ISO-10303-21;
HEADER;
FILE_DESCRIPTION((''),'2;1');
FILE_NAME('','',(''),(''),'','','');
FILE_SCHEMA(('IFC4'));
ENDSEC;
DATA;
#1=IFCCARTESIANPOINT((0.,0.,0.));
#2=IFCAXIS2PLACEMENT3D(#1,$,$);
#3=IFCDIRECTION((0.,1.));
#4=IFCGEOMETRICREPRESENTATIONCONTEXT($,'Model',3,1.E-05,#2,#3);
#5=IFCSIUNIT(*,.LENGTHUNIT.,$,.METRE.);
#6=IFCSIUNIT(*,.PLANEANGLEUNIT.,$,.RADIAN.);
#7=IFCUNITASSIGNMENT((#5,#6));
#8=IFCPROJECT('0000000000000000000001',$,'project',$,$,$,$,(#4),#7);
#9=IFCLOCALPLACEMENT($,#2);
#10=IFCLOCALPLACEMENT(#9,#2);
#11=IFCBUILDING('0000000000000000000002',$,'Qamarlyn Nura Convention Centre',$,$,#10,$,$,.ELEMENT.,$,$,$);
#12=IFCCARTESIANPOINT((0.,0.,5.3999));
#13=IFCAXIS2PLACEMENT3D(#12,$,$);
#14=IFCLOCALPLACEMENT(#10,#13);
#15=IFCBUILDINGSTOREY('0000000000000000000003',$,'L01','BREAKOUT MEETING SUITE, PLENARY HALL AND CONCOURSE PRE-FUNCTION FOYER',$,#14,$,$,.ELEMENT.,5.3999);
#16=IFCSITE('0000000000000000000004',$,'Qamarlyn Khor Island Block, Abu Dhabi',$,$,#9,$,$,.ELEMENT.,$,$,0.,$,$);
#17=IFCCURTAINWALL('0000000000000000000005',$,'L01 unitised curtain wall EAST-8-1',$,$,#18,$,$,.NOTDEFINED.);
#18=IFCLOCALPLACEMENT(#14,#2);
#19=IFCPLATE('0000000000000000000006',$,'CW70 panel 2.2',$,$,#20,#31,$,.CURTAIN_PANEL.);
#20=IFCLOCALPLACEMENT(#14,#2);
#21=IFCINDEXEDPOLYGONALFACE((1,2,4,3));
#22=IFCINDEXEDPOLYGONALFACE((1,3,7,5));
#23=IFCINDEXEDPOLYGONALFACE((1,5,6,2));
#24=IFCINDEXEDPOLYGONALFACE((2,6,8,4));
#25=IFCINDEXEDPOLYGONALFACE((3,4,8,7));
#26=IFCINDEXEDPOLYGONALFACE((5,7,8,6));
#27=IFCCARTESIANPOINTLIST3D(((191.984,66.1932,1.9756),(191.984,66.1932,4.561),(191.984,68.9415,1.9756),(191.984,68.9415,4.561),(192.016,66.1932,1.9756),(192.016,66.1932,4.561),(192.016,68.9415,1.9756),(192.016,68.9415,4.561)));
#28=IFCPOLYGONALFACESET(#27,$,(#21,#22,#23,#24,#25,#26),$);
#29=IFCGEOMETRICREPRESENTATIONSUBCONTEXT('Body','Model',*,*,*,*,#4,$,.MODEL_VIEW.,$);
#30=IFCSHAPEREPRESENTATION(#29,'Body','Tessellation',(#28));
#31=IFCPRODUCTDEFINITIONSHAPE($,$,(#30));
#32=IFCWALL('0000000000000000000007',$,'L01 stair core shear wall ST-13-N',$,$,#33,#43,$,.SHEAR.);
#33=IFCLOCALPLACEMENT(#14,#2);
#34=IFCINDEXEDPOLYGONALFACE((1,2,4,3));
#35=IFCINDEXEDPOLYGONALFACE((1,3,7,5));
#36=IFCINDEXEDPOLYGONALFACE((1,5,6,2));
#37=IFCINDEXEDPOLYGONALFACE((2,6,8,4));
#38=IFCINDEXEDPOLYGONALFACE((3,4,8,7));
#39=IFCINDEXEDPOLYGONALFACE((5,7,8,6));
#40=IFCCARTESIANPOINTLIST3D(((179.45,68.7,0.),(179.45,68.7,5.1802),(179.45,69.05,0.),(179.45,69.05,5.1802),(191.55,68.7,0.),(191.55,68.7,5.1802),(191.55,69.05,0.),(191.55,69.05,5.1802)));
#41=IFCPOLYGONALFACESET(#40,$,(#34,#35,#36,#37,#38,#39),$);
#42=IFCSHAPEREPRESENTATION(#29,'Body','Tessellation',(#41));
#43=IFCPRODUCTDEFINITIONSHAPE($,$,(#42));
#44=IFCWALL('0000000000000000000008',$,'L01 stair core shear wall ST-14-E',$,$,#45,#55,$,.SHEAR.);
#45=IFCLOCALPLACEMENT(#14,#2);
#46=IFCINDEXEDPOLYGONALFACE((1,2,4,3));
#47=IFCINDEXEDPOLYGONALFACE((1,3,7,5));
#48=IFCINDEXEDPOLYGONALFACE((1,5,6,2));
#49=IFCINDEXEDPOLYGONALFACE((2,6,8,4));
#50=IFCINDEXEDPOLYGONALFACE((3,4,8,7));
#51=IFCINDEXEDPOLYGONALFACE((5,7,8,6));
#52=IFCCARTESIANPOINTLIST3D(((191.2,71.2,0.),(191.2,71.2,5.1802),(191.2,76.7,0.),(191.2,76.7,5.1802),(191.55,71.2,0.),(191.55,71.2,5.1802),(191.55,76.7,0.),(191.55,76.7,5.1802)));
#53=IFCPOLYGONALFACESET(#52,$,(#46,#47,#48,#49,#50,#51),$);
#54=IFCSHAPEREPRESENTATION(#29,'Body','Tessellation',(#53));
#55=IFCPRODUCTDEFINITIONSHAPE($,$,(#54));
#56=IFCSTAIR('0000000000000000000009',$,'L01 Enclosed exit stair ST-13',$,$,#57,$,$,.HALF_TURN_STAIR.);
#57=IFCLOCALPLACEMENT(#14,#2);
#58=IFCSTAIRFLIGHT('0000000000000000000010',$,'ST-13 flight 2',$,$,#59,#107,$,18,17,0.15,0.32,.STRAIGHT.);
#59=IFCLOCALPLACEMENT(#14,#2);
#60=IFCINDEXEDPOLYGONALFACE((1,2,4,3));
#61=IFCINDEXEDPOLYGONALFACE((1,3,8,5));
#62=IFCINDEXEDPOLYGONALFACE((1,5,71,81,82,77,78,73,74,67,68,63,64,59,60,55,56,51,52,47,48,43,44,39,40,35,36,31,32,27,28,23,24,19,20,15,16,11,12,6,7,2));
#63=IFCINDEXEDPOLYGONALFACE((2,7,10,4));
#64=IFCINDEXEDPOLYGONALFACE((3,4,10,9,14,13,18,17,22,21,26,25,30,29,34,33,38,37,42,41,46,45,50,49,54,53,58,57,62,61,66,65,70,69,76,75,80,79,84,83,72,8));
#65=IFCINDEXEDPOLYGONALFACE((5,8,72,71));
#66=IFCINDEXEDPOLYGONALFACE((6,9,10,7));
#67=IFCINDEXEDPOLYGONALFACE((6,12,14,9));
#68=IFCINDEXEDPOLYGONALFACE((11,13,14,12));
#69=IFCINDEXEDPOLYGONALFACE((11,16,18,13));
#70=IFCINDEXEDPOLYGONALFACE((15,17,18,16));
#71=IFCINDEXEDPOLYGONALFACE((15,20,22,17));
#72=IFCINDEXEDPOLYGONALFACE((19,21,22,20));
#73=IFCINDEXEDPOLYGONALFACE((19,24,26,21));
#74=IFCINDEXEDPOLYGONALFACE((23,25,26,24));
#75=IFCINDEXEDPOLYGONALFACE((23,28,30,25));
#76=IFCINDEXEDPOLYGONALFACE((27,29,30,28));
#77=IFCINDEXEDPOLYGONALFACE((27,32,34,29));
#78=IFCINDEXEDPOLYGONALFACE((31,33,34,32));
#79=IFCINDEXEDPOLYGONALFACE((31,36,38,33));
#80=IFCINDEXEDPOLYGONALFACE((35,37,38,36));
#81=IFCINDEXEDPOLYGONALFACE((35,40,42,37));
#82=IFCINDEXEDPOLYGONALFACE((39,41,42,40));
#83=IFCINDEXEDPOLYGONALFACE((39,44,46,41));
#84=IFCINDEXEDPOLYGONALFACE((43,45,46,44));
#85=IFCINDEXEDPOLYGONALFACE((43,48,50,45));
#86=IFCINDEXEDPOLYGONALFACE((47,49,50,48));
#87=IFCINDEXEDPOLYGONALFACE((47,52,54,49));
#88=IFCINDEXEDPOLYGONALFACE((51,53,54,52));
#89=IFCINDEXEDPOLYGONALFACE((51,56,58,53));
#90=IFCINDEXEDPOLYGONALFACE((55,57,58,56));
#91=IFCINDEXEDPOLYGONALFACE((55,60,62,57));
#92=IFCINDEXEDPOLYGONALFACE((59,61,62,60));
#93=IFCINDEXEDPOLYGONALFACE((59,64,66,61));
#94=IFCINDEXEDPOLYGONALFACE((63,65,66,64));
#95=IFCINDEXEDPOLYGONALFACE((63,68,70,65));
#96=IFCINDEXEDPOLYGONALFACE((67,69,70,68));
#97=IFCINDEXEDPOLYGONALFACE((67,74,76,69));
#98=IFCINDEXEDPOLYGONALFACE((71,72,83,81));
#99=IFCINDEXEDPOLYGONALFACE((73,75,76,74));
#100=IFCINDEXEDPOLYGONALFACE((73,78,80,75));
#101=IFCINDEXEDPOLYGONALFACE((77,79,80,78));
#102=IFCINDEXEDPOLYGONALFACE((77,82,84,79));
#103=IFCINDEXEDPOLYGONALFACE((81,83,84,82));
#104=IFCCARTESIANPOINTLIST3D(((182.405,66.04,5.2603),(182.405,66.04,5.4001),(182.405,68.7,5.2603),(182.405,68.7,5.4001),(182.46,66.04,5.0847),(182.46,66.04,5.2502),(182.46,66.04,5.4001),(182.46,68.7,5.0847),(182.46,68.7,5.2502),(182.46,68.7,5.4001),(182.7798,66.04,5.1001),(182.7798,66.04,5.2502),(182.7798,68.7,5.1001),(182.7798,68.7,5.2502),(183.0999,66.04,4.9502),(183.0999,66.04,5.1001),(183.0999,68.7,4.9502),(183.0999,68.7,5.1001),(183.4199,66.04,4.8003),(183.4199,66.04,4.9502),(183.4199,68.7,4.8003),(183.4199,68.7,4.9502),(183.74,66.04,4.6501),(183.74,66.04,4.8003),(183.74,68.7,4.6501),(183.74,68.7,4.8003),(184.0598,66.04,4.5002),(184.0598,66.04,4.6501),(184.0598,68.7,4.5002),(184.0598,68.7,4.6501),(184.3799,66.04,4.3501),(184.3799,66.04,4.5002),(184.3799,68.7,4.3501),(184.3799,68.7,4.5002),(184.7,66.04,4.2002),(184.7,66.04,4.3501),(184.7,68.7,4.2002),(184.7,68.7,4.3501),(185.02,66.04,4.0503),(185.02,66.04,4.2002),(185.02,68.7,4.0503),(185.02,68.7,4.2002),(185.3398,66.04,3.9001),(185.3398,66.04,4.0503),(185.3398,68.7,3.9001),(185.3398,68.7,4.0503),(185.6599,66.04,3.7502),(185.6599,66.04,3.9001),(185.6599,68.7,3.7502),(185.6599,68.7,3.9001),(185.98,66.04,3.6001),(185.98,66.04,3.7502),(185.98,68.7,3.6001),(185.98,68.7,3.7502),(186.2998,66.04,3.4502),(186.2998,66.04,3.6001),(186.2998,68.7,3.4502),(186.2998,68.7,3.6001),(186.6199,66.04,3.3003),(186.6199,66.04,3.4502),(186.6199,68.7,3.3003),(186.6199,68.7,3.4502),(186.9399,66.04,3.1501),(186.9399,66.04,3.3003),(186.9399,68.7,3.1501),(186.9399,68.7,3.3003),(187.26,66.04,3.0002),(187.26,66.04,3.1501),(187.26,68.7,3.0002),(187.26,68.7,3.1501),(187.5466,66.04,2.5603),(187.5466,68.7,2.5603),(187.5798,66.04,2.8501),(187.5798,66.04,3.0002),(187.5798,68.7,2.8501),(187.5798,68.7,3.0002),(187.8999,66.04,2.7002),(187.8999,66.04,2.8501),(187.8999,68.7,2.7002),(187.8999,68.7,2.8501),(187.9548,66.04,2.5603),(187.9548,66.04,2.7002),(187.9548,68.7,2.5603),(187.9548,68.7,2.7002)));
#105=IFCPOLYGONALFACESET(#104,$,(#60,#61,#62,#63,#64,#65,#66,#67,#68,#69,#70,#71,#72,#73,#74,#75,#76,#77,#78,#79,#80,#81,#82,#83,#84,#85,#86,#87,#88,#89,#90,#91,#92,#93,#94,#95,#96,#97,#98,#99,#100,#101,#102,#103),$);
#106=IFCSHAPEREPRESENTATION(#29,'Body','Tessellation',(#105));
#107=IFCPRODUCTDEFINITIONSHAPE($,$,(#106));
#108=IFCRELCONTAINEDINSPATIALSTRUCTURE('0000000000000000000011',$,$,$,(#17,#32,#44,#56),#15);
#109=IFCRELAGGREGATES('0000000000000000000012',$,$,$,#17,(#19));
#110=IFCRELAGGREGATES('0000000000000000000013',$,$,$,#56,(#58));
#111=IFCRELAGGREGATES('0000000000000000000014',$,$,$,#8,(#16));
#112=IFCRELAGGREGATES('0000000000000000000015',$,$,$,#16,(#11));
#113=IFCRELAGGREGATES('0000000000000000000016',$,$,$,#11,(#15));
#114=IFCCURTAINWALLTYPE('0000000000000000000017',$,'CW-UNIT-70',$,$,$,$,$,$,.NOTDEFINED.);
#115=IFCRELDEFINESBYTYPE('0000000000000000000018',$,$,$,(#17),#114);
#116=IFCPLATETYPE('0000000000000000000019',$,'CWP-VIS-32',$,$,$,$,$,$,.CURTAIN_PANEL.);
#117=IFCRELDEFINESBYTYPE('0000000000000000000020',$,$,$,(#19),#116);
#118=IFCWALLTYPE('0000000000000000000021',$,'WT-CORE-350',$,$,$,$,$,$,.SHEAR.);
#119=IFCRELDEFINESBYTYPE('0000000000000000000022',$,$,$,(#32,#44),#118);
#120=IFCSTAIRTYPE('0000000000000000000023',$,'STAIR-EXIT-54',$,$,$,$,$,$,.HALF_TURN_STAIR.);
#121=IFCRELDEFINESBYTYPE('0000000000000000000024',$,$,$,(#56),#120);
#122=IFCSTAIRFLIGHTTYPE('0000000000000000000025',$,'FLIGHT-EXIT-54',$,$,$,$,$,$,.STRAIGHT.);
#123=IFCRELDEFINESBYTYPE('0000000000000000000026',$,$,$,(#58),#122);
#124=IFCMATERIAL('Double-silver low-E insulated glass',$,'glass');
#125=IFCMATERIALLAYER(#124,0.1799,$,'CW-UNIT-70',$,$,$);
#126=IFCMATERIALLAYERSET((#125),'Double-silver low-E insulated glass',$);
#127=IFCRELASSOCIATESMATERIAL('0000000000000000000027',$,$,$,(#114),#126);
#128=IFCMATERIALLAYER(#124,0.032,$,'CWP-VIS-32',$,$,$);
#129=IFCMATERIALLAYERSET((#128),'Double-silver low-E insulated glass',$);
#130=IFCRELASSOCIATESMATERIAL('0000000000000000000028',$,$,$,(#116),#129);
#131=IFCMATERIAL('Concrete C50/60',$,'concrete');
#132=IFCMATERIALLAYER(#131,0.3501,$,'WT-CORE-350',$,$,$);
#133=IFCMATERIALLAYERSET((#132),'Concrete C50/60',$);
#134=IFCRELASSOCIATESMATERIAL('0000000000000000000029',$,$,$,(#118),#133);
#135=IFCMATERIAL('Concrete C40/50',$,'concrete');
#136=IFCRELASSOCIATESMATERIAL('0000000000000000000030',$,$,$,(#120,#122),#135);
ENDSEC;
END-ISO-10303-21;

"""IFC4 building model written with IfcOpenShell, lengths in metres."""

from ifc_helpers import new_model, si_unit, direction, frame, frame_2d, origin, origin_2d, place, context, subcontext, project, spatial, polyline, rectangle, outline, extrude, material, layer, layer_set, type_object, element, aggregate, save


model = new_model("IFC4")

# Units and contexts
model_context = context("Model", 3, precision=1e-05, world=origin(), true_north=direction((0.0, 1.0)))
body_context = subcontext(model_context, "Body", "Model", "MODEL_VIEW")
ifc_project = project(units=[si_unit("LENGTHUNIT", "METRE"), si_unit("PLANEANGLEUNIT", "RADIAN")], contexts=[model_context])

# Site, building, storey
site_placement = place(None, origin())
site = spatial("IfcSite", under=ifc_project, at=site_placement, Name="Qamarlyn Khor Island Block, Abu Dhabi", CompositionType="ELEMENT", RefElevation=0.0)
building_placement = place(site_placement, origin())
building = spatial("IfcBuilding", under=site, at=building_placement, Name="Qamarlyn Nura Convention Centre", CompositionType="ELEMENT")
storey_placement = place(building_placement, frame((0.0, 0.0, 5.3999)))
storey = spatial("IfcBuildingStorey", under=building, at=storey_placement, Name="L01", Description="BREAKOUT MEETING SUITE, PLENARY HALL AND CONCOURSE PRE-FUNCTION FOYER", CompositionType="ELEMENT", Elevation=5.3999)

# Curtain wall, plate
ifc_material_1 = material(Name="Double-silver low-E insulated glass", Category="glass")
ifc_layer_1 = layer(ifc_material_1, 0.1799, Name="CW-UNIT-70")
ifc_layer_set_1 = layer_set([ifc_layer_1], Name="Double-silver low-E insulated glass")
curtain_wall_type = type_object("IfcCurtainWallType", Name="CW-UNIT-70", PredefinedType="NOTDEFINED", material=ifc_layer_set_1)
curtain_wall_placement = place(storey_placement, origin())
curtain_wall = element("IfcCurtainWall", 1, at=curtain_wall_placement, inside=storey, type_object=curtain_wall_type, Name="L01 unitised curtain wall EAST-8-1", PredefinedType="NOTDEFINED")
ifc_layer_2 = layer(ifc_material_1, 0.032, Name="CWP-VIS-32")
ifc_layer_set_2 = layer_set([ifc_layer_2], Name="Double-silver low-E insulated glass")
plate_type = type_object("IfcPlateType", Name="CWP-VIS-32", PredefinedType="CURTAIN_PANEL", material=ifc_layer_set_2)
plate_1_placement = place(storey_placement, frame((192.0, 67.5674, 1.9756), z_axis=(0.0, 0.0, 1.0), x_axis=(0.0, -1.0, 0.0)))
plate_1 = element("IfcPlate", 2, at=plate_1_placement, type_object=plate_type, Name="CW70 panel 2.2", PredefinedType="CURTAIN_PANEL", context=body_context, shape_type="SweptSolid", body=[
    extrude(rectangle(XDim=2.7483, YDim=0.032, at=origin_2d()), origin(), (0.0, 0.0, 1.0), 2.5854),
])
aggregate(curtain_wall, [plate_1])

# Walls
ifc_material_2 = material(Name="Concrete C50/60", Category="concrete")
ifc_layer_3 = layer(ifc_material_2, 0.3501, Name="WT-CORE-350")
ifc_layer_set_3 = layer_set([ifc_layer_3], Name="Concrete C50/60")
wall_type = type_object("IfcWallType", Name="WT-CORE-350", PredefinedType="SHEAR", material=ifc_layer_set_3)
wall_1_placement = place(storey_placement, frame((191.55, 68.875, 0.0), z_axis=(0.0, 0.0, 1.0), x_axis=(-1.0, 0.0, 0.0)))
element("IfcWall", 3, at=wall_1_placement, inside=storey, type_object=wall_type, Name="L01 stair core shear wall ST-13-N", PredefinedType="SHEAR", context=body_context, shape_type="SweptSolid", body=[
    extrude(rectangle(XDim=12.1001, YDim=0.3501, at=frame_2d((6.05, 0.0))), origin(), (0.0, 0.0, 1.0), 5.1802),
])
wall_2_placement = place(storey_placement, frame((191.375, 71.2, 0.0), z_axis=(0.0, 0.0, 1.0), x_axis=(0.0, 1.0, 0.0)))
element("IfcWall", 4, at=wall_2_placement, inside=storey, type_object=wall_type, Name="L01 stair core shear wall ST-14-E", PredefinedType="SHEAR", context=body_context, shape_type="SweptSolid", body=[
    extrude(rectangle(XDim=5.5, YDim=0.3501, at=frame_2d((2.75, 0.0))), origin(), (0.0, 0.0, 1.0), 5.1802),
])

# Stair, stair flight
ifc_material_3 = material(Name="Concrete C40/50", Category="concrete")
stair_type = type_object("IfcStairType", Name="STAIR-EXIT-54", PredefinedType="HALF_TURN_STAIR", material=ifc_material_3)
stair_placement = place(storey_placement, origin())
stair = element("IfcStair", 5, at=stair_placement, inside=storey, type_object=stair_type, Name="L01 Enclosed exit stair ST-13", PredefinedType="HALF_TURN_STAIR")
stair_flight_type = type_object("IfcStairFlightType", Name="FLIGHT-EXIT-54", PredefinedType="STRAIGHT", material=ifc_material_3)
stair_flight_placement = place(storey_placement, frame((187.8999, 67.3701, 2.7002), z_axis=(0.0, 0.0, 1.0), x_axis=(-1.0, 0.0, 0.0)))
stair_flight = element("IfcStairFlight", 6, at=stair_flight_placement, type_object=stair_flight_type, Name="ST-13 flight 2", NumberOfRisers=18, NumberOfTreads=17, PredefinedType="STRAIGHT", RiserHeight=0.15, TreadLength=0.32, context=body_context, shape_type="SweptSolid", body=[
    extrude(outline(polyline([(-0.0549, 0.0), (0.0, 0.0), (0.0, 0.1499), (0.3201, 0.1499), (0.3201, 0.3), (0.6399, 0.3), (0.6399, 0.45), (0.96, 0.45), (0.96, 0.6001), (1.28, 0.6001), (1.28, 0.75), (1.6001, 0.75), (1.6001, 0.8999), (1.9199, 0.8999), (1.9199, 1.05), (2.24, 1.05), (2.24, 1.2), (2.5601, 1.2), (2.5601, 1.3501), (2.8799, 1.3501), (2.8799, 1.5), (3.2, 1.5), (3.2, 1.6499), (3.52, 1.6499), (3.52, 1.8), (3.8401, 1.8), (3.8401, 1.95), (4.1599, 1.95), (4.1599, 2.1001), (4.48, 2.1001), (4.48, 2.25), (4.8, 2.25), (4.8, 2.3999), (5.1201, 2.3999), (5.1201, 2.55), (5.4399, 2.55), (5.4399, 2.7), (5.4949, 2.7), (5.4949, 2.5601), (5.4399, 2.3845), (0.3533, -0.1399), (-0.0549, -0.1399), (-0.0549, 0.0)])), frame((0.0, 1.3301, 0.0), z_axis=(0.0, -1.0, 0.0), x_axis=(1.0, 0.0, 0.0)), (0.0, 0.0, 1.0), 2.6599),
])
aggregate(stair, [stair_flight])

save(model, "model.ifc")
